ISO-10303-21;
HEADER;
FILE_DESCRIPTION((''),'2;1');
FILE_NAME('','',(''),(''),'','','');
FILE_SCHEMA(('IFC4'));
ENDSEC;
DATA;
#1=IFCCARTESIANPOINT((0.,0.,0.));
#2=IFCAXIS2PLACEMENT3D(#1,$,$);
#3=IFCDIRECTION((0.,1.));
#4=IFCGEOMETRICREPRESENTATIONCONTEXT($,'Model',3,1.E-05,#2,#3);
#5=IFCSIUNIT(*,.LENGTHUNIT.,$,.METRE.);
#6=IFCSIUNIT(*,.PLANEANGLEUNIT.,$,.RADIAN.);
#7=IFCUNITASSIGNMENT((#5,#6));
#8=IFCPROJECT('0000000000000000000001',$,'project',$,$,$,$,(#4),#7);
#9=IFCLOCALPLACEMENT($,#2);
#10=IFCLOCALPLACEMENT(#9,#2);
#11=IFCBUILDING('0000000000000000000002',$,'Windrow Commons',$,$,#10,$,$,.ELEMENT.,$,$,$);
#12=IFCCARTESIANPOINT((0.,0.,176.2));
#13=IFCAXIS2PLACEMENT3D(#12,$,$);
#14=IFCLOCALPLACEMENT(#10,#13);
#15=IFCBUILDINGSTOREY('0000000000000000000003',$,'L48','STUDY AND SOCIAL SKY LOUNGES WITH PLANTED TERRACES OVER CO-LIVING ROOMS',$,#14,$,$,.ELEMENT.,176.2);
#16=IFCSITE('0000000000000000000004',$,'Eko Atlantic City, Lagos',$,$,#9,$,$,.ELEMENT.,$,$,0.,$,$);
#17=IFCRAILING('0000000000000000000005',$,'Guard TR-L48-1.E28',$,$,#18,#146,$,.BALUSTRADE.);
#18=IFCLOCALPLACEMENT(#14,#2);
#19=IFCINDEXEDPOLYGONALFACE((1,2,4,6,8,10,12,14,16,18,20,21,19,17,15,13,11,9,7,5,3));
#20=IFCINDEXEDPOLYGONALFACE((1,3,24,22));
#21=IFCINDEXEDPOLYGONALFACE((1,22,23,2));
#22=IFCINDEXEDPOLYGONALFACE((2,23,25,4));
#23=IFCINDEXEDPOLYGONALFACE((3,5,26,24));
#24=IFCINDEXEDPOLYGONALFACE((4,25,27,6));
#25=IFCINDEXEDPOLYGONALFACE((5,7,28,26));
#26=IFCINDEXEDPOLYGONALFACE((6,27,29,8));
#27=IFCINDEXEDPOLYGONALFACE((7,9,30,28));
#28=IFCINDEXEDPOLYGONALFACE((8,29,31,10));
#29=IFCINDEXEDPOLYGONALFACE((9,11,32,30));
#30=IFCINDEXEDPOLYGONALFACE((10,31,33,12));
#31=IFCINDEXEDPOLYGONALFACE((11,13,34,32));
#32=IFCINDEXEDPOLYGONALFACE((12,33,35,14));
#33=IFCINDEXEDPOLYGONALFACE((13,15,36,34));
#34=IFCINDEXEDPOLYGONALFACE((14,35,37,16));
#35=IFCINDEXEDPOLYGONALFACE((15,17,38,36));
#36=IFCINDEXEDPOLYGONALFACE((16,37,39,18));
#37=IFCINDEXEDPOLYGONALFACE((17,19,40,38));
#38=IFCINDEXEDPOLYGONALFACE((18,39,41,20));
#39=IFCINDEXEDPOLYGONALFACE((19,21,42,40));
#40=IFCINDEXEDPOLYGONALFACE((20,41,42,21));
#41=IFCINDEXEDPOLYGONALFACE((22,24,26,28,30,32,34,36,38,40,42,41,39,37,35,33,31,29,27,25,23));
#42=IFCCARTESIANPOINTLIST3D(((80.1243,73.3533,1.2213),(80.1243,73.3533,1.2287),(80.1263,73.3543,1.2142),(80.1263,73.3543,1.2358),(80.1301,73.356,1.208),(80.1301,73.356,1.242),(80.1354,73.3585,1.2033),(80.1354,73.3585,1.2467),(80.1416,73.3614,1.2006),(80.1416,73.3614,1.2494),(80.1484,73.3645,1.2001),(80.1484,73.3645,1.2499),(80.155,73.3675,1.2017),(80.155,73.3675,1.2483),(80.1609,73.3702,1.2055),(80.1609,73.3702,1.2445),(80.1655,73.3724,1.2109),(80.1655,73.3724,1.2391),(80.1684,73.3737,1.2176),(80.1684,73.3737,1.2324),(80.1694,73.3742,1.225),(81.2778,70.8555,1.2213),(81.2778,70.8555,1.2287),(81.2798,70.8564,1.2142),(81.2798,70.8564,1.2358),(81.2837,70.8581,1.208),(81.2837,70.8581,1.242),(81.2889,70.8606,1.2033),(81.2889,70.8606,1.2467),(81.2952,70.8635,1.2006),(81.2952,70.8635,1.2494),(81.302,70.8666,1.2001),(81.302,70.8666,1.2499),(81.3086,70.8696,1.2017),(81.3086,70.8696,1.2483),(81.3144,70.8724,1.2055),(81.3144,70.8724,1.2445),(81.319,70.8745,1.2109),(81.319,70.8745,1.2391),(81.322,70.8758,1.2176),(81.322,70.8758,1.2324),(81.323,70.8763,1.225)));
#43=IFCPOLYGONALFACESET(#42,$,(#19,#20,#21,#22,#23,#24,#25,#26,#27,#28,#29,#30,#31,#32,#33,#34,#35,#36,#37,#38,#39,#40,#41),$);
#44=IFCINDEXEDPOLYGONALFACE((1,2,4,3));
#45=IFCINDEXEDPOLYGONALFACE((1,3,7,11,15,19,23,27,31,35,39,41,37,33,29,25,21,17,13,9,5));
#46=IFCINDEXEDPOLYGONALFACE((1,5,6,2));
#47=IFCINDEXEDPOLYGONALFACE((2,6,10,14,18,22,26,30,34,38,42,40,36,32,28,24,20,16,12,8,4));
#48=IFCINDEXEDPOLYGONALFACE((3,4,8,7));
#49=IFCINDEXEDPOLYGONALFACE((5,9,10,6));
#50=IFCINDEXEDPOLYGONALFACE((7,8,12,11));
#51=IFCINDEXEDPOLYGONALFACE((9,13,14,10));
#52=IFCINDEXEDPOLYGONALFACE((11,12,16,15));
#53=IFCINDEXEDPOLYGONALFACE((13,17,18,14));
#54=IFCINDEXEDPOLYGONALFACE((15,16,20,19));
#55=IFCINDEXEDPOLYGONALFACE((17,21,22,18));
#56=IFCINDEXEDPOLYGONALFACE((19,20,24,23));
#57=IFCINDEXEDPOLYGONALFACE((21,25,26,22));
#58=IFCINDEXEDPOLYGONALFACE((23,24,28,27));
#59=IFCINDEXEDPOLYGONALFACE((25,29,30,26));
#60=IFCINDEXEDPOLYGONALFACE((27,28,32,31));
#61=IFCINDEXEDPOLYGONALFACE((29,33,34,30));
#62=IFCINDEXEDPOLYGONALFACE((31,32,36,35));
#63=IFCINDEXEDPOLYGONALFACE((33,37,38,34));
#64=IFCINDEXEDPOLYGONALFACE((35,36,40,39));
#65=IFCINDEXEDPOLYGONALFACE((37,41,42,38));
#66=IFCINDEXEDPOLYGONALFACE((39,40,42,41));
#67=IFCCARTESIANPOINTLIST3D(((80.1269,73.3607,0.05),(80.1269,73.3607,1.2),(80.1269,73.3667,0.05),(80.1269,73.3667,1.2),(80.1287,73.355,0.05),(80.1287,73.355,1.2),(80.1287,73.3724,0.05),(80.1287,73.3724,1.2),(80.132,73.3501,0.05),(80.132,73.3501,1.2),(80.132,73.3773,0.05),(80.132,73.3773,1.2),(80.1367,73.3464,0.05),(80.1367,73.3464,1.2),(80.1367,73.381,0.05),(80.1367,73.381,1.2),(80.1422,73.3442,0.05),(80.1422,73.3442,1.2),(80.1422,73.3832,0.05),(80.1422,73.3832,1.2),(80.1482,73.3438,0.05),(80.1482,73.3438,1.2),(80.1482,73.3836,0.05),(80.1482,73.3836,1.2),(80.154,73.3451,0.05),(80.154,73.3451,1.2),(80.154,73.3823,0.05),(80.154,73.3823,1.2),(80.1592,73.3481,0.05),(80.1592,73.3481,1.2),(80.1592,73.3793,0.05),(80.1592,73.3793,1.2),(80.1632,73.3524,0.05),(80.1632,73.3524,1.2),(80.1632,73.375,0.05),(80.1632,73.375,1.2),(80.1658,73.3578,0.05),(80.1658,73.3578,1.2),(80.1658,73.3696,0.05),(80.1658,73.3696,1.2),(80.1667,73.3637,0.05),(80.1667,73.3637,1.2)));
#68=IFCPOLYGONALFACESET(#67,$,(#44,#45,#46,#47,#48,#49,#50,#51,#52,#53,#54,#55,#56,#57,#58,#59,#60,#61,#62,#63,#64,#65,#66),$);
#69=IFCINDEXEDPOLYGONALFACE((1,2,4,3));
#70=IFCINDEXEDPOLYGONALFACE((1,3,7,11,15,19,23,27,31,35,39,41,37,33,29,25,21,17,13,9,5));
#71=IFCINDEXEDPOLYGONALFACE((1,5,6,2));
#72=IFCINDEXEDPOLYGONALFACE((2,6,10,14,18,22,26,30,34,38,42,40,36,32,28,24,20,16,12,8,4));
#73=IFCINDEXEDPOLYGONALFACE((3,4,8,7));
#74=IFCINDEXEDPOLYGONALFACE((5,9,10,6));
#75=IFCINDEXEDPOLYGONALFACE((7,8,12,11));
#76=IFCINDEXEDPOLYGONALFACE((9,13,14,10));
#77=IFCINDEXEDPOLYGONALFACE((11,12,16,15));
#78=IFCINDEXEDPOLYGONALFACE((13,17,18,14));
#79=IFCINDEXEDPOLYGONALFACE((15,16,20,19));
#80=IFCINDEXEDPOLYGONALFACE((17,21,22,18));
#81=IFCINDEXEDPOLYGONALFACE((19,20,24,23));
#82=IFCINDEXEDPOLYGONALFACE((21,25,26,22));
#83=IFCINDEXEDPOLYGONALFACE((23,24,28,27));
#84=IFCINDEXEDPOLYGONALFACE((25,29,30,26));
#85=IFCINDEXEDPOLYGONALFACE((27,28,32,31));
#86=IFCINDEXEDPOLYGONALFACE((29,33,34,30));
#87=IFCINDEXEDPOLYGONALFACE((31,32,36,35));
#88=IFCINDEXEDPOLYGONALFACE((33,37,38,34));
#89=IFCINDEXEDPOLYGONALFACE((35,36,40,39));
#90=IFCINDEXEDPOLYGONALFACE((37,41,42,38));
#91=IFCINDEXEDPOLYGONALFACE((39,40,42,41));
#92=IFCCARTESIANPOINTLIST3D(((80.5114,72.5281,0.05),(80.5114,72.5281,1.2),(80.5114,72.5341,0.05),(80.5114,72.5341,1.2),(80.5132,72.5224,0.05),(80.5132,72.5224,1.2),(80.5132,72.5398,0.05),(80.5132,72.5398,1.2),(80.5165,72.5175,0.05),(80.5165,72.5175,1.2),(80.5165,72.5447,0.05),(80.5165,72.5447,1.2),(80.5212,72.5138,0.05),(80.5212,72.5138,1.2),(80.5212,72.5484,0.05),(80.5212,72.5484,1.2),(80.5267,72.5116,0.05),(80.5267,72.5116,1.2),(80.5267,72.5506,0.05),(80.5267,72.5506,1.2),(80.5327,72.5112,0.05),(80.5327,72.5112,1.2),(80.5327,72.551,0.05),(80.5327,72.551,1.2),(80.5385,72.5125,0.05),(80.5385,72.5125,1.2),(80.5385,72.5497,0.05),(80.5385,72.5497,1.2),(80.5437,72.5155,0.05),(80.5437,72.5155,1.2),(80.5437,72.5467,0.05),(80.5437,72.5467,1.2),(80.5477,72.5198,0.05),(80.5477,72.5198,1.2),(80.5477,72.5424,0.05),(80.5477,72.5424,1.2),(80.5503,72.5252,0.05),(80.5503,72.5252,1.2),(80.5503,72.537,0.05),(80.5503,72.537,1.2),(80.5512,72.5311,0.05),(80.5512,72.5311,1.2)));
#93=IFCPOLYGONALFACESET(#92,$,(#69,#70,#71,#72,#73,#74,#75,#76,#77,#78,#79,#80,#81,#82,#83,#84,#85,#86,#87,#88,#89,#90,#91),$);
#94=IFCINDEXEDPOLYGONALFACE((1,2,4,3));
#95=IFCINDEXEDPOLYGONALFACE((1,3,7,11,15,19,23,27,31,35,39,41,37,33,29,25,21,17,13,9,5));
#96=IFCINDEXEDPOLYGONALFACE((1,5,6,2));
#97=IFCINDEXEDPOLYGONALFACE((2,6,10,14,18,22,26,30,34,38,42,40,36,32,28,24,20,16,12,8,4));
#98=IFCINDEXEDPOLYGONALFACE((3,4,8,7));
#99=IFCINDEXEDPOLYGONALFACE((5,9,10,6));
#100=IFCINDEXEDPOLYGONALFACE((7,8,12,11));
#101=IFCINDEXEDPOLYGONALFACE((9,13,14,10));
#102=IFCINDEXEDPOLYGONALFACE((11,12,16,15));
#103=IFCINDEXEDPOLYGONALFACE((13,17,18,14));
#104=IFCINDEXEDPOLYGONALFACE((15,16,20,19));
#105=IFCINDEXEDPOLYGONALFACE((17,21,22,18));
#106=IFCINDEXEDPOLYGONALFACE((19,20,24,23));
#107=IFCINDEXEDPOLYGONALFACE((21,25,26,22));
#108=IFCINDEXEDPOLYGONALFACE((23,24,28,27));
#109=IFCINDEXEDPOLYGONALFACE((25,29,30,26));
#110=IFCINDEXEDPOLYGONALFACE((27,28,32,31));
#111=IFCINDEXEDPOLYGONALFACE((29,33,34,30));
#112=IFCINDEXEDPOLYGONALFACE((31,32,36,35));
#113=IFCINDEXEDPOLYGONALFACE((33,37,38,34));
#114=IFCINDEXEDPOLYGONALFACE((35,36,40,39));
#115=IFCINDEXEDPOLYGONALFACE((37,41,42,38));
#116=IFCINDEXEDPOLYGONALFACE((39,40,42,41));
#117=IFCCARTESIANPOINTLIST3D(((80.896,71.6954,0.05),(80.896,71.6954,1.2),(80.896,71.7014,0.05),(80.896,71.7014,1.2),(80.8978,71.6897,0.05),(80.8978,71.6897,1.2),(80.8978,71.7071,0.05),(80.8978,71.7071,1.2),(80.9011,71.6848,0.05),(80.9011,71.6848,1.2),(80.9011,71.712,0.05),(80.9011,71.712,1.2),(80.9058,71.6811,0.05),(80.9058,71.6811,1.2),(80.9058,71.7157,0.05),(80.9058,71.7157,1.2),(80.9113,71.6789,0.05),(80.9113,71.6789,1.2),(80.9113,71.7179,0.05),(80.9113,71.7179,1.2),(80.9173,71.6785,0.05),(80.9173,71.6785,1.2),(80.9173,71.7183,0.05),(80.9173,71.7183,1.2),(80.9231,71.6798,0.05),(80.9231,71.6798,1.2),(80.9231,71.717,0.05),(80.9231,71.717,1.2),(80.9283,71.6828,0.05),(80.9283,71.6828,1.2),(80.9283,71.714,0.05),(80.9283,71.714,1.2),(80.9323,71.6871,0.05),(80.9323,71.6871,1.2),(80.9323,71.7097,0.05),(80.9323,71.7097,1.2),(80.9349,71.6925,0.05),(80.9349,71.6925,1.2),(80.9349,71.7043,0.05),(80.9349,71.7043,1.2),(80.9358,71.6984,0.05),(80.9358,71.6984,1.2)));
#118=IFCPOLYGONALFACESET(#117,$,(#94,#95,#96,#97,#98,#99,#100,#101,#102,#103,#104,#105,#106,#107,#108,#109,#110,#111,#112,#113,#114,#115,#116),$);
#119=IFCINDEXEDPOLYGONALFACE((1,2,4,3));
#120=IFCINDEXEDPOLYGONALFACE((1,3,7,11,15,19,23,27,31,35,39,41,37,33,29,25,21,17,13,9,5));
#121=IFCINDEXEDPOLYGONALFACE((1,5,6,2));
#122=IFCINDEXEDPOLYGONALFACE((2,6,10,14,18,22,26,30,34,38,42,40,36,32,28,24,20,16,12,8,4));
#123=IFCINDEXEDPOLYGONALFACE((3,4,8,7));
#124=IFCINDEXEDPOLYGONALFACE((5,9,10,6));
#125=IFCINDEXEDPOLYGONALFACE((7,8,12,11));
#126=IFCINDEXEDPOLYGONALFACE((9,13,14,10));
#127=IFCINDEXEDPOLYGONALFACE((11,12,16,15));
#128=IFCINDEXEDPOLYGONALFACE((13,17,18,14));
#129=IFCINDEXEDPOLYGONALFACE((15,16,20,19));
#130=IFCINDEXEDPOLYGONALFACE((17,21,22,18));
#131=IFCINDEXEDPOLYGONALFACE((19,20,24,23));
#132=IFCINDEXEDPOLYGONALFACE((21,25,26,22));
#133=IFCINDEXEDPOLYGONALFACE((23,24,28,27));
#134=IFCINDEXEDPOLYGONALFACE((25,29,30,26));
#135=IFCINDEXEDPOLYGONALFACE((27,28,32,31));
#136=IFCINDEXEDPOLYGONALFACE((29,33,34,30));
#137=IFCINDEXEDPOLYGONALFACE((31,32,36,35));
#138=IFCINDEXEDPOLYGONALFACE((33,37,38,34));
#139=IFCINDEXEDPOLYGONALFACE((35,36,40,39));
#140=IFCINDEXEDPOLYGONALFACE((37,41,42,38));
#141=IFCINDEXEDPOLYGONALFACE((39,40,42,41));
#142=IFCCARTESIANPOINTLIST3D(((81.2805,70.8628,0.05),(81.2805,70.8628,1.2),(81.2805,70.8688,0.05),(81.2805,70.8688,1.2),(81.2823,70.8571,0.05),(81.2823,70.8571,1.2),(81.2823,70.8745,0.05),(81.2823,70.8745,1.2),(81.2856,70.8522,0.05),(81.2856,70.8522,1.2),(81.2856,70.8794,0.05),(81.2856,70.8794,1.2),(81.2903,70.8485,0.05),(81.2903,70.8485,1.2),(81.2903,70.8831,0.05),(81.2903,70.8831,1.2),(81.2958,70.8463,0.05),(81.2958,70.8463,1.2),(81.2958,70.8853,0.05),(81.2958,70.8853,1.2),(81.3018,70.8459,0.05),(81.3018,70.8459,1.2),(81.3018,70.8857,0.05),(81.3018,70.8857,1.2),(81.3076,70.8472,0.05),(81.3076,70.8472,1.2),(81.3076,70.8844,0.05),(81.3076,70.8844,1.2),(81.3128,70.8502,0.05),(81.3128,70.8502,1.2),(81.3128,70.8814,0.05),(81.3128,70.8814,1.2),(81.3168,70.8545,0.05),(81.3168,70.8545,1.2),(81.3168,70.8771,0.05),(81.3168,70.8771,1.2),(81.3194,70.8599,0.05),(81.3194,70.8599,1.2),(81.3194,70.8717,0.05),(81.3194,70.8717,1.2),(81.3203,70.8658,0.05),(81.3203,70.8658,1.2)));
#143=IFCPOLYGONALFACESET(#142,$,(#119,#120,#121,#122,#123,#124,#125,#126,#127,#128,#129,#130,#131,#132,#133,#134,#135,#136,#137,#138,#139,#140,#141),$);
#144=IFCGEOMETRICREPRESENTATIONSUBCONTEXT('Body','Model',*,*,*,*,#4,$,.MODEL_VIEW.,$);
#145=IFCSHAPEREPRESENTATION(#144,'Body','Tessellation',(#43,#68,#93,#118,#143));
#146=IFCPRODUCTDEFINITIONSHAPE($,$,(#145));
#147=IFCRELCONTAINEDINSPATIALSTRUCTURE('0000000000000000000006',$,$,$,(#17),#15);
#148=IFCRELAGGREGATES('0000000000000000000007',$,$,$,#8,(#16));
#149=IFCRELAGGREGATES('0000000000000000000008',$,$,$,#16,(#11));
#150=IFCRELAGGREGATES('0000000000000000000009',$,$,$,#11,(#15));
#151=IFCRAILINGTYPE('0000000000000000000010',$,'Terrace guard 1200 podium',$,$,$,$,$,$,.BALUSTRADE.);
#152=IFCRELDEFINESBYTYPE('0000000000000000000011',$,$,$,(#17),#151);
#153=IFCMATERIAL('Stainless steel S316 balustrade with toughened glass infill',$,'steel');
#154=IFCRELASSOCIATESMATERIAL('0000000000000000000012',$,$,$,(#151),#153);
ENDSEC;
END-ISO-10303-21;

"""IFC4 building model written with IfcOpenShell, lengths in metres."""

from ifc_helpers import new_model, si_unit, direction, frame, origin, origin_2d, place, context, subcontext, project, spatial, circle, extrude, material, type_object, element, save


model = new_model("IFC4")

# Units and contexts
model_context = context("Model", 3, precision=1e-05, world=origin(), true_north=direction((0.0, 1.0)))
body_context = subcontext(model_context, "Body", "Model", "MODEL_VIEW")
ifc_project = project(units=[si_unit("LENGTHUNIT", "METRE"), si_unit("PLANEANGLEUNIT", "RADIAN")], contexts=[model_context])

# Site, building, storey
site_placement = place(None, origin())
site = spatial("IfcSite", under=ifc_project, at=site_placement, Name="Eko Atlantic City, Lagos", CompositionType="ELEMENT", RefElevation=0.0)
building_placement = place(site_placement, origin())
building = spatial("IfcBuilding", under=site, at=building_placement, Name="Windrow Commons", CompositionType="ELEMENT")
storey_placement = place(building_placement, frame((0.0, 0.0, 176.2)))
storey = spatial("IfcBuildingStorey", under=building, at=storey_placement, Name="L48", Description="STUDY AND SOCIAL SKY LOUNGES WITH PLANTED TERRACES OVER CO-LIVING ROOMS", CompositionType="ELEMENT", Elevation=176.2)

# Railing
ifc_material_1 = material(Name="Stainless steel S316 balustrade with toughened glass infill", Category="steel")
railing_type_1 = type_object("IfcRailingType", Name="Terrace guard 1200 podium", PredefinedType="BALUSTRADE", material=ifc_material_1)
railing_1_placement = place(storey_placement, frame((80.1467, 73.3637, 0.05)))
element("IfcRailing", 1, at=railing_1_placement, inside=storey, type_object=railing_type_1, Name="Guard TR-L48-1.E28", PredefinedType="BALUSTRADE", context=body_context, shape_type="SweptSolid", body=[
    extrude(circle(Radius=0.025, at=origin_2d()), frame((0.0, 0.0, 1.175), z_axis=(0.419275, -0.907859, 0.0), x_axis=(0.907859, 0.419275, 0.0)), (0.0, 0.0, 1.0), 2.7514),
    extrude(circle(Radius=0.02, at=origin_2d()), origin(), (0.0, 0.0, 1.0), 1.15),
    extrude(circle(Radius=0.02, at=origin_2d()), frame((0.3845, -0.8326, 0.0)), (0.0, 0.0, 1.0), 1.15),
    extrude(circle(Radius=0.02, at=origin_2d()), frame((0.7691, -1.6653, 0.0)), (0.0, 0.0, 1.0), 1.15),
    extrude(circle(Radius=0.02, at=origin_2d()), frame((1.1536, -2.4979, 0.0)), (0.0, 0.0, 1.0), 1.15),
])

save(model, "model.ifc")
